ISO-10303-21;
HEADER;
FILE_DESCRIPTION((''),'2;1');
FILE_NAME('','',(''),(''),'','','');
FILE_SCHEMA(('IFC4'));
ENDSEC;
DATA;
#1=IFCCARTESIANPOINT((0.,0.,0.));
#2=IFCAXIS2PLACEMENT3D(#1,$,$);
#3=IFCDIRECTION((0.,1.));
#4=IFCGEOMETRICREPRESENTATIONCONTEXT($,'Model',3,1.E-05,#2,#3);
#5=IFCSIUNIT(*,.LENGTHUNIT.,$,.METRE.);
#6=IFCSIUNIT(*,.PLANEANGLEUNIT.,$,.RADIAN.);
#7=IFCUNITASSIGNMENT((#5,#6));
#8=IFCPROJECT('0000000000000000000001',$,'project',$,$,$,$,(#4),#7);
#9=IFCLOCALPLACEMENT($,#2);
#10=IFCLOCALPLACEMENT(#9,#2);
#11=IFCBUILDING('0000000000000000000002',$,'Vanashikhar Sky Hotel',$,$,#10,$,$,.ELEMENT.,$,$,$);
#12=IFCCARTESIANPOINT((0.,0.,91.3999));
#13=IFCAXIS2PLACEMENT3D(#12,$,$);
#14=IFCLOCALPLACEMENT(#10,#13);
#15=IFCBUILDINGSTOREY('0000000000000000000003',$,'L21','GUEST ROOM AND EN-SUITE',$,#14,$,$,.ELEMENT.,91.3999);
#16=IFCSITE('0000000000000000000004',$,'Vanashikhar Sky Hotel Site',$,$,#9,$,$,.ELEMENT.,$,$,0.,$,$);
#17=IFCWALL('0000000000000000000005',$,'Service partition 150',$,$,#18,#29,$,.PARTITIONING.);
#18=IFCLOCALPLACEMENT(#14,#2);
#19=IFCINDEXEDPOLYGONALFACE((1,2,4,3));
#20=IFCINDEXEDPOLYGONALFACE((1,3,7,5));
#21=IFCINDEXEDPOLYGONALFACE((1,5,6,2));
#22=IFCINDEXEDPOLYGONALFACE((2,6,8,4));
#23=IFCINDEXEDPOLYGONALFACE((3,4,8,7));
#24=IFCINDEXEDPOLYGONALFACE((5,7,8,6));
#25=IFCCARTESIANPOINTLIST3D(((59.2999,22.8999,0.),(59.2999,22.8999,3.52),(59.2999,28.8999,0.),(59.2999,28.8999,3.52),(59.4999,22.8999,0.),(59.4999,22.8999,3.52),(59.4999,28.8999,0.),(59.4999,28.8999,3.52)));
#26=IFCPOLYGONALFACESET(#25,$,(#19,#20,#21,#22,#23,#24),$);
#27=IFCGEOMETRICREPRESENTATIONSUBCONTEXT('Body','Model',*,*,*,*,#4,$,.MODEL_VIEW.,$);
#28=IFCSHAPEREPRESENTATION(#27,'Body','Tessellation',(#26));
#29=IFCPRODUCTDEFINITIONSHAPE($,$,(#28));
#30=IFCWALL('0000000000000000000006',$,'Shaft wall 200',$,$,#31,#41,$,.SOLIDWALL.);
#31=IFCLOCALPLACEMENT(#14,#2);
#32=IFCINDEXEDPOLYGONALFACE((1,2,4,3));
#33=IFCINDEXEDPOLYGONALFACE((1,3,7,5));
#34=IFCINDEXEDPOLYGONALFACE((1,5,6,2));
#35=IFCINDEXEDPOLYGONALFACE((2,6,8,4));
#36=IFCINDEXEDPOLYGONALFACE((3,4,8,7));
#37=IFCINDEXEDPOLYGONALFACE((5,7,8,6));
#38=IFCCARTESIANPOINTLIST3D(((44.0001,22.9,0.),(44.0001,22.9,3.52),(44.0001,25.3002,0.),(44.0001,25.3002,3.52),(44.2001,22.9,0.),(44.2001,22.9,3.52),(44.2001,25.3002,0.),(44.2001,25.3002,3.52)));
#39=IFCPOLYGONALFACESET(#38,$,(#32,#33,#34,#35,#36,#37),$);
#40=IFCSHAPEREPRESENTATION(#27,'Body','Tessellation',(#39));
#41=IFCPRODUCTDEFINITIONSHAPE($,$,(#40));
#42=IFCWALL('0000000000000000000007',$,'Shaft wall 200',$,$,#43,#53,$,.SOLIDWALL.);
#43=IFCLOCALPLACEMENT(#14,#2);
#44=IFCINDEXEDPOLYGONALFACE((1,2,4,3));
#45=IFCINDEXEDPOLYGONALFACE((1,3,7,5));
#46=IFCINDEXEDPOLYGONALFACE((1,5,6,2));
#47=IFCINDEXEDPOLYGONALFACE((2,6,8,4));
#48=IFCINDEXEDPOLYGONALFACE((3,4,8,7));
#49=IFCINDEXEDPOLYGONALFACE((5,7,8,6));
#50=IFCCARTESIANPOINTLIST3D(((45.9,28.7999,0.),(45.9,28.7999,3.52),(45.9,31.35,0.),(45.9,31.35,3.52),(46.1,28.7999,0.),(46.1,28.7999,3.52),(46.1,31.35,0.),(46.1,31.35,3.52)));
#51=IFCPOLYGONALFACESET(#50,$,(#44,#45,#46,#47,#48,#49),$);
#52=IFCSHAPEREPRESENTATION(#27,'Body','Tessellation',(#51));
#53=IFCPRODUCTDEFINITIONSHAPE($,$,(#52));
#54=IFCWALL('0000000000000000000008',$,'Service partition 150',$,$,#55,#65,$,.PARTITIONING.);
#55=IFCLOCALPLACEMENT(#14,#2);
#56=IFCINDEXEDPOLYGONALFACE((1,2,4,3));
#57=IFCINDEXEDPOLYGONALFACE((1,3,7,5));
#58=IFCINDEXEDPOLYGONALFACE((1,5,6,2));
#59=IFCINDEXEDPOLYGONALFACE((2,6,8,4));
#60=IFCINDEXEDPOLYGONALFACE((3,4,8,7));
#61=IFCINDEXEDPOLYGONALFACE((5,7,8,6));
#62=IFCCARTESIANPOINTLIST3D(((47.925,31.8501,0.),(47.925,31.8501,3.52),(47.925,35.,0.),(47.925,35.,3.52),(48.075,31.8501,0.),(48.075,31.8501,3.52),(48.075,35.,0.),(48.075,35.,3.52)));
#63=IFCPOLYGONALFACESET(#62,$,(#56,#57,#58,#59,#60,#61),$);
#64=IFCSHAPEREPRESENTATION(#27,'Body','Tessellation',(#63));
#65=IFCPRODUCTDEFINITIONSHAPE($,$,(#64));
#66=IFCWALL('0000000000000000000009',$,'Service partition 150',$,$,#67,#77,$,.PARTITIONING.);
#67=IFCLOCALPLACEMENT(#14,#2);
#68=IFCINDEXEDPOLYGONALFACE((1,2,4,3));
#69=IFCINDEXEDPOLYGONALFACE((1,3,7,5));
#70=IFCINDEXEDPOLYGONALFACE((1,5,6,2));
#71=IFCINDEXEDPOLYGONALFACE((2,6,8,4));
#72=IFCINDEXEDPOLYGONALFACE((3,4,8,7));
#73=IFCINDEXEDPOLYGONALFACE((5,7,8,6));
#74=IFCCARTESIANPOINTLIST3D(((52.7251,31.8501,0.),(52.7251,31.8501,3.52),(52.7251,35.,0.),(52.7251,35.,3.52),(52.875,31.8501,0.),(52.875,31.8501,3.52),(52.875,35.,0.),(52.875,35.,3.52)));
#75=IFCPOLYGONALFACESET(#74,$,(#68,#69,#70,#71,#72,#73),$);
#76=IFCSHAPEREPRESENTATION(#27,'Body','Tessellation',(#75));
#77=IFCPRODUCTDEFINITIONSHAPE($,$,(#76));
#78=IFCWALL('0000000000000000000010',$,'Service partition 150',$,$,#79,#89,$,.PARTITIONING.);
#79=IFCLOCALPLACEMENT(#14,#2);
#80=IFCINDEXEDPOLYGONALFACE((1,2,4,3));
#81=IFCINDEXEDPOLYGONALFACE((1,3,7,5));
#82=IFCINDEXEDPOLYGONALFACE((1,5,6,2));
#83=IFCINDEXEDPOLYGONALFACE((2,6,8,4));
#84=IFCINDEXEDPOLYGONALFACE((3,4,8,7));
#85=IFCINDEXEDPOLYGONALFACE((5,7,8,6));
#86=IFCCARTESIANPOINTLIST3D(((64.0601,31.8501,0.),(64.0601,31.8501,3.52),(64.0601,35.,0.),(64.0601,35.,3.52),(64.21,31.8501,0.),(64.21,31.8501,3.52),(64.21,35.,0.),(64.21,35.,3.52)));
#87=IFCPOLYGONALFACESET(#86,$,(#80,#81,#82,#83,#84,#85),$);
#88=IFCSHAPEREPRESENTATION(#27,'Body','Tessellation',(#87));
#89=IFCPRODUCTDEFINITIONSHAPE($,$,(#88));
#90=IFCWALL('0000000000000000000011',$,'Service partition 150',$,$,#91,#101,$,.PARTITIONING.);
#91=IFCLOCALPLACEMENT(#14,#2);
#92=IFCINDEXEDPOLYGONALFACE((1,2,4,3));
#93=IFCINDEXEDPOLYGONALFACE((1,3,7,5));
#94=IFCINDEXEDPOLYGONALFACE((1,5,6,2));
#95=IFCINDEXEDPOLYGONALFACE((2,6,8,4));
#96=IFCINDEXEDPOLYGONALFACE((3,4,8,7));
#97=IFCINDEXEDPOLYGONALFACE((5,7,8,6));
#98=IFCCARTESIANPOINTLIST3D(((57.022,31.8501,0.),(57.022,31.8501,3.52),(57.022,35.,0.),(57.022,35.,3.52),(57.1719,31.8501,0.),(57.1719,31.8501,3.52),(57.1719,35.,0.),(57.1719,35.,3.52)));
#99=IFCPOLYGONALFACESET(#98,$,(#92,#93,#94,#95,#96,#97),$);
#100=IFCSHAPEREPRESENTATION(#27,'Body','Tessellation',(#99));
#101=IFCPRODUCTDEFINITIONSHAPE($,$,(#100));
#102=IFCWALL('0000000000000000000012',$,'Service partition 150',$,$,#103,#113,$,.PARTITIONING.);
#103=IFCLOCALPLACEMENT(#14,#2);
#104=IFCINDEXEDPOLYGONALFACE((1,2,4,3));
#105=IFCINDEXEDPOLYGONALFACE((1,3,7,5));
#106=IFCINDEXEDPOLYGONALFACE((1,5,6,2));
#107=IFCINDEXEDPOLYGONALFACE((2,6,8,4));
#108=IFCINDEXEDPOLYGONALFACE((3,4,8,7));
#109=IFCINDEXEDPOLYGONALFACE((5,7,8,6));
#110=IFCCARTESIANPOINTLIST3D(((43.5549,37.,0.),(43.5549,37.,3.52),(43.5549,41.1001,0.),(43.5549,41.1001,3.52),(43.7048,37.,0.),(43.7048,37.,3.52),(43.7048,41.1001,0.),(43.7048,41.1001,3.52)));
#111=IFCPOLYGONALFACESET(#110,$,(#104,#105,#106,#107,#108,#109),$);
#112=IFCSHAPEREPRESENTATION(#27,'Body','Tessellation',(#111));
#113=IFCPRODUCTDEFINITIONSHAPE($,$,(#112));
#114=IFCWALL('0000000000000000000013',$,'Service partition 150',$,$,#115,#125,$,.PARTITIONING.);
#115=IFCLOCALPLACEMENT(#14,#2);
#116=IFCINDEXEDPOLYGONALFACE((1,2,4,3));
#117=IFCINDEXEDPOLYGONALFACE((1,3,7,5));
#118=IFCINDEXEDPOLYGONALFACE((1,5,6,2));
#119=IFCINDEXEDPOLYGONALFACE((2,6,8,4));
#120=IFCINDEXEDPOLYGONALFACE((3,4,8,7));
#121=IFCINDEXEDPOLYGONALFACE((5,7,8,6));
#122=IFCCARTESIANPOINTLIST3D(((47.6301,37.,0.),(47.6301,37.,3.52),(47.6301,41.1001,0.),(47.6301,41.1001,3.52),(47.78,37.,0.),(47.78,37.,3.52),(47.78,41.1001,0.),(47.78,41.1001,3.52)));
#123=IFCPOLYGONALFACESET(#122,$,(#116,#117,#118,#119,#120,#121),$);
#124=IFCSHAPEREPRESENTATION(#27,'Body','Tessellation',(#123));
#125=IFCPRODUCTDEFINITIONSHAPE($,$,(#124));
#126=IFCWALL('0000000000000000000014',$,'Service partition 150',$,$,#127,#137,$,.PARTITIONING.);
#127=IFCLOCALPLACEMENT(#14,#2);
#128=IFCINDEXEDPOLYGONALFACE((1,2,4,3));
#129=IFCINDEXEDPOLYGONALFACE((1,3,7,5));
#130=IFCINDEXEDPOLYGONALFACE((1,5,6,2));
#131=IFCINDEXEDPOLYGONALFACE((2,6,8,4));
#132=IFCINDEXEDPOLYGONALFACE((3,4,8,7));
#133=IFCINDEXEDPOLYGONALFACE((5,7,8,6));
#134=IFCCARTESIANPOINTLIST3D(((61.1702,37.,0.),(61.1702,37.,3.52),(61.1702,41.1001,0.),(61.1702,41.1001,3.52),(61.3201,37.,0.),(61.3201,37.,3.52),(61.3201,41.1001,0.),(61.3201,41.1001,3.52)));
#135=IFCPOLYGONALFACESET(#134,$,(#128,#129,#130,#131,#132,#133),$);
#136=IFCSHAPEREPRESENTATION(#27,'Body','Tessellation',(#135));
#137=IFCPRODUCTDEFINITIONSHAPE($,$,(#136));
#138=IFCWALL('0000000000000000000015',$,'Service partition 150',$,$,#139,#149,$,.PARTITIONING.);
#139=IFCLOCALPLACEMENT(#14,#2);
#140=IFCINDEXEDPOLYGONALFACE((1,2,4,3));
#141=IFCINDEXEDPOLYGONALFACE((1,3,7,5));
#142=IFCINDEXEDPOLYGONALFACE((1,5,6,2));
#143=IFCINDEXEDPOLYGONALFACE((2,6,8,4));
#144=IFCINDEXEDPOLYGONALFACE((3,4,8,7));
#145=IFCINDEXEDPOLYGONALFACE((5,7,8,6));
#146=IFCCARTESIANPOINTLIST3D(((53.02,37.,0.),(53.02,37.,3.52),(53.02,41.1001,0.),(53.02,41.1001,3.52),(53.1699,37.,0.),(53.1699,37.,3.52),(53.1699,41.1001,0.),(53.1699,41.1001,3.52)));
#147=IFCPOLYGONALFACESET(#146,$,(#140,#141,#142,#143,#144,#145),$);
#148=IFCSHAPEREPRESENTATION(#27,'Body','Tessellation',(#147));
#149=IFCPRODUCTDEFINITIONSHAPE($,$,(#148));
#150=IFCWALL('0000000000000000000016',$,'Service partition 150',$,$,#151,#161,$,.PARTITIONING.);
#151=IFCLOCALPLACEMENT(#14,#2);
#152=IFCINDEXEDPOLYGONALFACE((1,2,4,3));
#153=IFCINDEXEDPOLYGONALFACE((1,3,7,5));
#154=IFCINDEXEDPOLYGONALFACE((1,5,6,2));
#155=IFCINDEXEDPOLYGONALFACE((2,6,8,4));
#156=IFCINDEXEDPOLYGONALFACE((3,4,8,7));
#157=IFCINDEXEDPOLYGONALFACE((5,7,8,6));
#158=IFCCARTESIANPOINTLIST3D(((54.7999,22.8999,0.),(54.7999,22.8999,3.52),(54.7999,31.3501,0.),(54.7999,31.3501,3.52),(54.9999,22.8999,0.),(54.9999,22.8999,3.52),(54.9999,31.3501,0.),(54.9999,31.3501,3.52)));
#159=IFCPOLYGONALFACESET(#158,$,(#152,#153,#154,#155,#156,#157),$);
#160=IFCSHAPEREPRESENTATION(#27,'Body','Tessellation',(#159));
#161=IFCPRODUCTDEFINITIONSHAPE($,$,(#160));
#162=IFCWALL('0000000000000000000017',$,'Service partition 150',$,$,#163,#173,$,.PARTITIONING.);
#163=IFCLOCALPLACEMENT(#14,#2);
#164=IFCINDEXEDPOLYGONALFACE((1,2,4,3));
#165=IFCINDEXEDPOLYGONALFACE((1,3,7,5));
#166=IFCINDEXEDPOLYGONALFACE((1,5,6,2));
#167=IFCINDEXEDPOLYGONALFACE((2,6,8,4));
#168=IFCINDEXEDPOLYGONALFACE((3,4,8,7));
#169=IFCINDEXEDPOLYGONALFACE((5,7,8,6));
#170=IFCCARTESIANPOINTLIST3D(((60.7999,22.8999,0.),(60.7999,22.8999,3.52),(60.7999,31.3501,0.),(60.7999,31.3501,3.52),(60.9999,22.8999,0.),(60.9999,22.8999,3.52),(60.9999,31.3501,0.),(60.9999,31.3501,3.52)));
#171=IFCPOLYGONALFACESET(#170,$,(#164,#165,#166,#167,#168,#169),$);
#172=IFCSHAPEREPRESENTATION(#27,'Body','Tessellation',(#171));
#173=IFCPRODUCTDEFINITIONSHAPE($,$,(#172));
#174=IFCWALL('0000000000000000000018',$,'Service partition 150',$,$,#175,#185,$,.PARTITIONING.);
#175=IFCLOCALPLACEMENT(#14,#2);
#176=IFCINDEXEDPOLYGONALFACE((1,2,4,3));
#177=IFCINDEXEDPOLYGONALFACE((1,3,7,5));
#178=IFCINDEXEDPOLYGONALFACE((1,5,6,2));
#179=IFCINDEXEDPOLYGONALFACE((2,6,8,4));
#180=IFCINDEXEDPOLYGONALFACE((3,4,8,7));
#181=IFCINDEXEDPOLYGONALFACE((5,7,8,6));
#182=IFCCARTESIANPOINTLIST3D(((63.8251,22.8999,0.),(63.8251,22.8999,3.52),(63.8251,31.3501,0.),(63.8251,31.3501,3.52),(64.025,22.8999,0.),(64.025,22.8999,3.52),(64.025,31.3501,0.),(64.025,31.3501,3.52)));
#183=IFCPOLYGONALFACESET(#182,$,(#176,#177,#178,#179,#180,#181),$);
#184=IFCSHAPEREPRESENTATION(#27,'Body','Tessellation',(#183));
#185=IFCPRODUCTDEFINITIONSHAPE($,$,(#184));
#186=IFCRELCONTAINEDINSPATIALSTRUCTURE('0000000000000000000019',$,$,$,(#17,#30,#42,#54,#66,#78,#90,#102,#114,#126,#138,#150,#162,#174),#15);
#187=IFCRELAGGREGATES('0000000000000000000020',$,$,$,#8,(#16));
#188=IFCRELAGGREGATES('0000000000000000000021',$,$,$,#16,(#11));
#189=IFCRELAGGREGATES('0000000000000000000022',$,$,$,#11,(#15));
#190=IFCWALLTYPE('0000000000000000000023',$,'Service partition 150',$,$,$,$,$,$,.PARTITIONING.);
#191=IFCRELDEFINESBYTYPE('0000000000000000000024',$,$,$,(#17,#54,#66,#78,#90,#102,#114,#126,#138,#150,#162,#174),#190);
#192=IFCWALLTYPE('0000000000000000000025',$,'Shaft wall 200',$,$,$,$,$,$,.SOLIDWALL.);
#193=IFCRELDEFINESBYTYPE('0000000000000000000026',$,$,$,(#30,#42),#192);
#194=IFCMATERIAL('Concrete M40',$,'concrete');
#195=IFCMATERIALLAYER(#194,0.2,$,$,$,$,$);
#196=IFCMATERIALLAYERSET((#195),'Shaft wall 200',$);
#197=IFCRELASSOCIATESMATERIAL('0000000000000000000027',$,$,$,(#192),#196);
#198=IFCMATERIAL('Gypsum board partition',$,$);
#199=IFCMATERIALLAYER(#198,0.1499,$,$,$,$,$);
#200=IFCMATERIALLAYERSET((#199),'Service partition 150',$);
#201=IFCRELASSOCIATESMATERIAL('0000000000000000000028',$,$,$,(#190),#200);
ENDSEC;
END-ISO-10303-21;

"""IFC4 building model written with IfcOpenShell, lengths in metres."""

from ifc_helpers import new_model, si_unit, direction, frame, frame_2d, origin, place, context, subcontext, project, spatial, rectangle, extrude, source, transform, mapped, material, layer, layer_set, type_object, element, save


model = new_model("IFC4")

# Units and contexts
model_context = context("Model", 3, precision=1e-05, world=origin(), true_north=direction((0.0, 1.0)))
body_context = subcontext(model_context, "Body", "Model", "MODEL_VIEW")
ifc_project = project(units=[si_unit("LENGTHUNIT", "METRE"), si_unit("PLANEANGLEUNIT", "RADIAN")], contexts=[model_context])

# Site, building, storey
site_placement = place(None, origin())
site = spatial("IfcSite", under=ifc_project, at=site_placement, Name="Vanashikhar Sky Hotel Site", CompositionType="ELEMENT", RefElevation=0.0)
building_placement = place(site_placement, origin())
building = spatial("IfcBuilding", under=site, at=building_placement, Name="Vanashikhar Sky Hotel", CompositionType="ELEMENT")
storey_placement = place(building_placement, frame((0.0, 0.0, 91.3999)))
storey = spatial("IfcBuildingStorey", under=building, at=storey_placement, Name="L21", Description="GUEST ROOM AND EN-SUITE", CompositionType="ELEMENT", Elevation=91.3999)

# Shared definitions
ifc_material_1 = material(Name="Concrete M40", Category="concrete")
ifc_layer_1 = layer(ifc_material_1, 0.2)
ifc_layer_set_1 = layer_set([ifc_layer_1], Name="Shaft wall 200")
wall_type_1 = type_object("IfcWallType", Name="Shaft wall 200", PredefinedType="SOLIDWALL", material=ifc_layer_set_1)
shared_shape_1 = source(origin(), body_context, "Body", "SweptSolid", [
    extrude(rectangle(XDim=6.0, YDim=0.2, at=frame_2d((3.0, 0.0))), origin(), (0.0, 0.0, 1.0), 3.52),
])

# Walls
ifc_material_2 = material(Name="Gypsum board partition")
ifc_layer_2 = layer(ifc_material_2, 0.1499)
ifc_layer_set_2 = layer_set([ifc_layer_2], Name="Service partition 150")
wall_type_2 = type_object("IfcWallType", Name="Service partition 150", PredefinedType="PARTITIONING", material=ifc_layer_set_2)
wall_1_placement = place(storey_placement, frame((59.3999, 22.8999, 0.0), z_axis=(0.0, 0.0, 1.0), x_axis=(0.0, 1.0, 0.0)))
element("IfcWall", 1, at=wall_1_placement, inside=storey, type_object=wall_type_2, Name="Service partition 150", PredefinedType="PARTITIONING", context=body_context, shape_type="MappedRepresentation", body=[
    mapped(shared_shape_1, transform((0.0, 0.0, 0.0), scale=1.0)),
])
shared_shape_2 = source(origin(), body_context, "Body", "SweptSolid", [
    extrude(rectangle(XDim=2.4001, YDim=0.2, at=frame_2d((1.2002, 0.0))), origin(), (0.0, 0.0, 1.0), 3.52),
])
wall_2_placement = place(storey_placement, frame((44.1001, 22.8999, 0.0), z_axis=(0.0, 0.0, 1.0), x_axis=(0.0, 1.0, 0.0)))
element("IfcWall", 2, at=wall_2_placement, inside=storey, type_object=wall_type_1, Name="Shaft wall 200", PredefinedType="SOLIDWALL", context=body_context, shape_type="MappedRepresentation", body=[
    mapped(shared_shape_2, transform((0.0, 0.0, 0.0), scale=1.0)),
])
shared_shape_3 = source(origin(), body_context, "Body", "SweptSolid", [
    extrude(rectangle(XDim=2.55, YDim=0.2, at=frame_2d((1.2749, 0.0))), origin(), (0.0, 0.0, 1.0), 3.52),
])
wall_3_placement = place(storey_placement, frame((46.0, 28.8, 0.0), z_axis=(0.0, 0.0, 1.0), x_axis=(0.0, 1.0, 0.0)))
element("IfcWall", 3, at=wall_3_placement, inside=storey, type_object=wall_type_1, Name="Shaft wall 200", PredefinedType="SOLIDWALL", context=body_context, shape_type="MappedRepresentation", body=[
    mapped(shared_shape_3, transform((0.0, 0.0, 0.0), scale=1.0)),
])
shared_shape_4 = source(origin(), body_context, "Body", "SweptSolid", [
    extrude(rectangle(XDim=3.1499, YDim=0.1499, at=frame_2d((1.575, 0.0))), origin(), (0.0, 0.0, 1.0), 3.52),
])
for number, where, z_axis, x_axis, name in (
    (4, (48.0, 31.8501, 0.0), (0.0, 0.0, 1.0), (0.0, 1.0, 0.0), "Service partition 150"),
    (5, (52.8, 31.8501, 0.0), (0.0, 0.0, 1.0), (0.0, 1.0, 0.0), "Service partition 150"),
    (6, (64.135, 31.8501, 0.0), (0.0, 0.0, 1.0), (0.0, 1.0, 0.0), "Service partition 150"),
    (7, (57.0969, 31.8501, 0.0), (0.0, 0.0, 1.0), (0.0, 1.0, 0.0), "Service partition 150"),
):
    element("IfcWall", number, at=place(storey_placement, frame(where, z_axis=z_axis, x_axis=x_axis)), inside=storey, type_object=wall_type_2, Name=name, PredefinedType="PARTITIONING", context=body_context, shape_type="MappedRepresentation", body=[
        mapped(shared_shape_4, transform((0.0, 0.0, 0.0), scale=1.0)),
    ])
shared_shape_5 = source(origin(), body_context, "Body", "SweptSolid", [
    extrude(rectangle(XDim=4.1001, YDim=0.1499, at=frame_2d((2.05, 0.0))), origin(), (0.0, 0.0, 1.0), 3.52),
])
for number, where, z_axis, x_axis, name in (
    (8, (43.6299, 37.0, 0.0), (0.0, 0.0, 1.0), (0.0, 1.0, 0.0), "Service partition 150"),
    (9, (47.7051, 37.0, 0.0), (0.0, 0.0, 1.0), (0.0, 1.0, 0.0), "Service partition 150"),
    (10, (61.2451, 37.0, 0.0), (0.0, 0.0, 1.0), (0.0, 1.0, 0.0), "Service partition 150"),
    (11, (53.095, 37.0, 0.0), (0.0, 0.0, 1.0), (0.0, 1.0, 0.0), "Service partition 150"),
):
    element("IfcWall", number, at=place(storey_placement, frame(where, z_axis=z_axis, x_axis=x_axis)), inside=storey, type_object=wall_type_2, Name=name, PredefinedType="PARTITIONING", context=body_context, shape_type="MappedRepresentation", body=[
        mapped(shared_shape_5, transform((0.0, 0.0, 0.0), scale=1.0)),
    ])
shared_shape_6 = source(origin(), body_context, "Body", "SweptSolid", [
    extrude(rectangle(XDim=8.4502, YDim=0.2, at=frame_2d((4.2251, 0.0))), origin(), (0.0, 0.0, 1.0), 3.52),
])
for number, where, z_axis, x_axis, name in (
    (12, (54.8999, 22.8999, 0.0), (0.0, 0.0, 1.0), (0.0, 1.0, 0.0), "Service partition 150"),
    (13, (60.8999, 22.8999, 0.0), (0.0, 0.0, 1.0), (0.0, 1.0, 0.0), "Service partition 150"),
    (14, (63.925, 22.8999, 0.0), (0.0, 0.0, 1.0), (0.0, 1.0, 0.0), "Service partition 150"),
):
    element("IfcWall", number, at=place(storey_placement, frame(where, z_axis=z_axis, x_axis=x_axis)), inside=storey, type_object=wall_type_2, Name=name, PredefinedType="PARTITIONING", context=body_context, shape_type="MappedRepresentation", body=[
        mapped(shared_shape_6, transform((0.0, 0.0, 0.0), scale=1.0)),
    ])

save(model, "model.ifc")
